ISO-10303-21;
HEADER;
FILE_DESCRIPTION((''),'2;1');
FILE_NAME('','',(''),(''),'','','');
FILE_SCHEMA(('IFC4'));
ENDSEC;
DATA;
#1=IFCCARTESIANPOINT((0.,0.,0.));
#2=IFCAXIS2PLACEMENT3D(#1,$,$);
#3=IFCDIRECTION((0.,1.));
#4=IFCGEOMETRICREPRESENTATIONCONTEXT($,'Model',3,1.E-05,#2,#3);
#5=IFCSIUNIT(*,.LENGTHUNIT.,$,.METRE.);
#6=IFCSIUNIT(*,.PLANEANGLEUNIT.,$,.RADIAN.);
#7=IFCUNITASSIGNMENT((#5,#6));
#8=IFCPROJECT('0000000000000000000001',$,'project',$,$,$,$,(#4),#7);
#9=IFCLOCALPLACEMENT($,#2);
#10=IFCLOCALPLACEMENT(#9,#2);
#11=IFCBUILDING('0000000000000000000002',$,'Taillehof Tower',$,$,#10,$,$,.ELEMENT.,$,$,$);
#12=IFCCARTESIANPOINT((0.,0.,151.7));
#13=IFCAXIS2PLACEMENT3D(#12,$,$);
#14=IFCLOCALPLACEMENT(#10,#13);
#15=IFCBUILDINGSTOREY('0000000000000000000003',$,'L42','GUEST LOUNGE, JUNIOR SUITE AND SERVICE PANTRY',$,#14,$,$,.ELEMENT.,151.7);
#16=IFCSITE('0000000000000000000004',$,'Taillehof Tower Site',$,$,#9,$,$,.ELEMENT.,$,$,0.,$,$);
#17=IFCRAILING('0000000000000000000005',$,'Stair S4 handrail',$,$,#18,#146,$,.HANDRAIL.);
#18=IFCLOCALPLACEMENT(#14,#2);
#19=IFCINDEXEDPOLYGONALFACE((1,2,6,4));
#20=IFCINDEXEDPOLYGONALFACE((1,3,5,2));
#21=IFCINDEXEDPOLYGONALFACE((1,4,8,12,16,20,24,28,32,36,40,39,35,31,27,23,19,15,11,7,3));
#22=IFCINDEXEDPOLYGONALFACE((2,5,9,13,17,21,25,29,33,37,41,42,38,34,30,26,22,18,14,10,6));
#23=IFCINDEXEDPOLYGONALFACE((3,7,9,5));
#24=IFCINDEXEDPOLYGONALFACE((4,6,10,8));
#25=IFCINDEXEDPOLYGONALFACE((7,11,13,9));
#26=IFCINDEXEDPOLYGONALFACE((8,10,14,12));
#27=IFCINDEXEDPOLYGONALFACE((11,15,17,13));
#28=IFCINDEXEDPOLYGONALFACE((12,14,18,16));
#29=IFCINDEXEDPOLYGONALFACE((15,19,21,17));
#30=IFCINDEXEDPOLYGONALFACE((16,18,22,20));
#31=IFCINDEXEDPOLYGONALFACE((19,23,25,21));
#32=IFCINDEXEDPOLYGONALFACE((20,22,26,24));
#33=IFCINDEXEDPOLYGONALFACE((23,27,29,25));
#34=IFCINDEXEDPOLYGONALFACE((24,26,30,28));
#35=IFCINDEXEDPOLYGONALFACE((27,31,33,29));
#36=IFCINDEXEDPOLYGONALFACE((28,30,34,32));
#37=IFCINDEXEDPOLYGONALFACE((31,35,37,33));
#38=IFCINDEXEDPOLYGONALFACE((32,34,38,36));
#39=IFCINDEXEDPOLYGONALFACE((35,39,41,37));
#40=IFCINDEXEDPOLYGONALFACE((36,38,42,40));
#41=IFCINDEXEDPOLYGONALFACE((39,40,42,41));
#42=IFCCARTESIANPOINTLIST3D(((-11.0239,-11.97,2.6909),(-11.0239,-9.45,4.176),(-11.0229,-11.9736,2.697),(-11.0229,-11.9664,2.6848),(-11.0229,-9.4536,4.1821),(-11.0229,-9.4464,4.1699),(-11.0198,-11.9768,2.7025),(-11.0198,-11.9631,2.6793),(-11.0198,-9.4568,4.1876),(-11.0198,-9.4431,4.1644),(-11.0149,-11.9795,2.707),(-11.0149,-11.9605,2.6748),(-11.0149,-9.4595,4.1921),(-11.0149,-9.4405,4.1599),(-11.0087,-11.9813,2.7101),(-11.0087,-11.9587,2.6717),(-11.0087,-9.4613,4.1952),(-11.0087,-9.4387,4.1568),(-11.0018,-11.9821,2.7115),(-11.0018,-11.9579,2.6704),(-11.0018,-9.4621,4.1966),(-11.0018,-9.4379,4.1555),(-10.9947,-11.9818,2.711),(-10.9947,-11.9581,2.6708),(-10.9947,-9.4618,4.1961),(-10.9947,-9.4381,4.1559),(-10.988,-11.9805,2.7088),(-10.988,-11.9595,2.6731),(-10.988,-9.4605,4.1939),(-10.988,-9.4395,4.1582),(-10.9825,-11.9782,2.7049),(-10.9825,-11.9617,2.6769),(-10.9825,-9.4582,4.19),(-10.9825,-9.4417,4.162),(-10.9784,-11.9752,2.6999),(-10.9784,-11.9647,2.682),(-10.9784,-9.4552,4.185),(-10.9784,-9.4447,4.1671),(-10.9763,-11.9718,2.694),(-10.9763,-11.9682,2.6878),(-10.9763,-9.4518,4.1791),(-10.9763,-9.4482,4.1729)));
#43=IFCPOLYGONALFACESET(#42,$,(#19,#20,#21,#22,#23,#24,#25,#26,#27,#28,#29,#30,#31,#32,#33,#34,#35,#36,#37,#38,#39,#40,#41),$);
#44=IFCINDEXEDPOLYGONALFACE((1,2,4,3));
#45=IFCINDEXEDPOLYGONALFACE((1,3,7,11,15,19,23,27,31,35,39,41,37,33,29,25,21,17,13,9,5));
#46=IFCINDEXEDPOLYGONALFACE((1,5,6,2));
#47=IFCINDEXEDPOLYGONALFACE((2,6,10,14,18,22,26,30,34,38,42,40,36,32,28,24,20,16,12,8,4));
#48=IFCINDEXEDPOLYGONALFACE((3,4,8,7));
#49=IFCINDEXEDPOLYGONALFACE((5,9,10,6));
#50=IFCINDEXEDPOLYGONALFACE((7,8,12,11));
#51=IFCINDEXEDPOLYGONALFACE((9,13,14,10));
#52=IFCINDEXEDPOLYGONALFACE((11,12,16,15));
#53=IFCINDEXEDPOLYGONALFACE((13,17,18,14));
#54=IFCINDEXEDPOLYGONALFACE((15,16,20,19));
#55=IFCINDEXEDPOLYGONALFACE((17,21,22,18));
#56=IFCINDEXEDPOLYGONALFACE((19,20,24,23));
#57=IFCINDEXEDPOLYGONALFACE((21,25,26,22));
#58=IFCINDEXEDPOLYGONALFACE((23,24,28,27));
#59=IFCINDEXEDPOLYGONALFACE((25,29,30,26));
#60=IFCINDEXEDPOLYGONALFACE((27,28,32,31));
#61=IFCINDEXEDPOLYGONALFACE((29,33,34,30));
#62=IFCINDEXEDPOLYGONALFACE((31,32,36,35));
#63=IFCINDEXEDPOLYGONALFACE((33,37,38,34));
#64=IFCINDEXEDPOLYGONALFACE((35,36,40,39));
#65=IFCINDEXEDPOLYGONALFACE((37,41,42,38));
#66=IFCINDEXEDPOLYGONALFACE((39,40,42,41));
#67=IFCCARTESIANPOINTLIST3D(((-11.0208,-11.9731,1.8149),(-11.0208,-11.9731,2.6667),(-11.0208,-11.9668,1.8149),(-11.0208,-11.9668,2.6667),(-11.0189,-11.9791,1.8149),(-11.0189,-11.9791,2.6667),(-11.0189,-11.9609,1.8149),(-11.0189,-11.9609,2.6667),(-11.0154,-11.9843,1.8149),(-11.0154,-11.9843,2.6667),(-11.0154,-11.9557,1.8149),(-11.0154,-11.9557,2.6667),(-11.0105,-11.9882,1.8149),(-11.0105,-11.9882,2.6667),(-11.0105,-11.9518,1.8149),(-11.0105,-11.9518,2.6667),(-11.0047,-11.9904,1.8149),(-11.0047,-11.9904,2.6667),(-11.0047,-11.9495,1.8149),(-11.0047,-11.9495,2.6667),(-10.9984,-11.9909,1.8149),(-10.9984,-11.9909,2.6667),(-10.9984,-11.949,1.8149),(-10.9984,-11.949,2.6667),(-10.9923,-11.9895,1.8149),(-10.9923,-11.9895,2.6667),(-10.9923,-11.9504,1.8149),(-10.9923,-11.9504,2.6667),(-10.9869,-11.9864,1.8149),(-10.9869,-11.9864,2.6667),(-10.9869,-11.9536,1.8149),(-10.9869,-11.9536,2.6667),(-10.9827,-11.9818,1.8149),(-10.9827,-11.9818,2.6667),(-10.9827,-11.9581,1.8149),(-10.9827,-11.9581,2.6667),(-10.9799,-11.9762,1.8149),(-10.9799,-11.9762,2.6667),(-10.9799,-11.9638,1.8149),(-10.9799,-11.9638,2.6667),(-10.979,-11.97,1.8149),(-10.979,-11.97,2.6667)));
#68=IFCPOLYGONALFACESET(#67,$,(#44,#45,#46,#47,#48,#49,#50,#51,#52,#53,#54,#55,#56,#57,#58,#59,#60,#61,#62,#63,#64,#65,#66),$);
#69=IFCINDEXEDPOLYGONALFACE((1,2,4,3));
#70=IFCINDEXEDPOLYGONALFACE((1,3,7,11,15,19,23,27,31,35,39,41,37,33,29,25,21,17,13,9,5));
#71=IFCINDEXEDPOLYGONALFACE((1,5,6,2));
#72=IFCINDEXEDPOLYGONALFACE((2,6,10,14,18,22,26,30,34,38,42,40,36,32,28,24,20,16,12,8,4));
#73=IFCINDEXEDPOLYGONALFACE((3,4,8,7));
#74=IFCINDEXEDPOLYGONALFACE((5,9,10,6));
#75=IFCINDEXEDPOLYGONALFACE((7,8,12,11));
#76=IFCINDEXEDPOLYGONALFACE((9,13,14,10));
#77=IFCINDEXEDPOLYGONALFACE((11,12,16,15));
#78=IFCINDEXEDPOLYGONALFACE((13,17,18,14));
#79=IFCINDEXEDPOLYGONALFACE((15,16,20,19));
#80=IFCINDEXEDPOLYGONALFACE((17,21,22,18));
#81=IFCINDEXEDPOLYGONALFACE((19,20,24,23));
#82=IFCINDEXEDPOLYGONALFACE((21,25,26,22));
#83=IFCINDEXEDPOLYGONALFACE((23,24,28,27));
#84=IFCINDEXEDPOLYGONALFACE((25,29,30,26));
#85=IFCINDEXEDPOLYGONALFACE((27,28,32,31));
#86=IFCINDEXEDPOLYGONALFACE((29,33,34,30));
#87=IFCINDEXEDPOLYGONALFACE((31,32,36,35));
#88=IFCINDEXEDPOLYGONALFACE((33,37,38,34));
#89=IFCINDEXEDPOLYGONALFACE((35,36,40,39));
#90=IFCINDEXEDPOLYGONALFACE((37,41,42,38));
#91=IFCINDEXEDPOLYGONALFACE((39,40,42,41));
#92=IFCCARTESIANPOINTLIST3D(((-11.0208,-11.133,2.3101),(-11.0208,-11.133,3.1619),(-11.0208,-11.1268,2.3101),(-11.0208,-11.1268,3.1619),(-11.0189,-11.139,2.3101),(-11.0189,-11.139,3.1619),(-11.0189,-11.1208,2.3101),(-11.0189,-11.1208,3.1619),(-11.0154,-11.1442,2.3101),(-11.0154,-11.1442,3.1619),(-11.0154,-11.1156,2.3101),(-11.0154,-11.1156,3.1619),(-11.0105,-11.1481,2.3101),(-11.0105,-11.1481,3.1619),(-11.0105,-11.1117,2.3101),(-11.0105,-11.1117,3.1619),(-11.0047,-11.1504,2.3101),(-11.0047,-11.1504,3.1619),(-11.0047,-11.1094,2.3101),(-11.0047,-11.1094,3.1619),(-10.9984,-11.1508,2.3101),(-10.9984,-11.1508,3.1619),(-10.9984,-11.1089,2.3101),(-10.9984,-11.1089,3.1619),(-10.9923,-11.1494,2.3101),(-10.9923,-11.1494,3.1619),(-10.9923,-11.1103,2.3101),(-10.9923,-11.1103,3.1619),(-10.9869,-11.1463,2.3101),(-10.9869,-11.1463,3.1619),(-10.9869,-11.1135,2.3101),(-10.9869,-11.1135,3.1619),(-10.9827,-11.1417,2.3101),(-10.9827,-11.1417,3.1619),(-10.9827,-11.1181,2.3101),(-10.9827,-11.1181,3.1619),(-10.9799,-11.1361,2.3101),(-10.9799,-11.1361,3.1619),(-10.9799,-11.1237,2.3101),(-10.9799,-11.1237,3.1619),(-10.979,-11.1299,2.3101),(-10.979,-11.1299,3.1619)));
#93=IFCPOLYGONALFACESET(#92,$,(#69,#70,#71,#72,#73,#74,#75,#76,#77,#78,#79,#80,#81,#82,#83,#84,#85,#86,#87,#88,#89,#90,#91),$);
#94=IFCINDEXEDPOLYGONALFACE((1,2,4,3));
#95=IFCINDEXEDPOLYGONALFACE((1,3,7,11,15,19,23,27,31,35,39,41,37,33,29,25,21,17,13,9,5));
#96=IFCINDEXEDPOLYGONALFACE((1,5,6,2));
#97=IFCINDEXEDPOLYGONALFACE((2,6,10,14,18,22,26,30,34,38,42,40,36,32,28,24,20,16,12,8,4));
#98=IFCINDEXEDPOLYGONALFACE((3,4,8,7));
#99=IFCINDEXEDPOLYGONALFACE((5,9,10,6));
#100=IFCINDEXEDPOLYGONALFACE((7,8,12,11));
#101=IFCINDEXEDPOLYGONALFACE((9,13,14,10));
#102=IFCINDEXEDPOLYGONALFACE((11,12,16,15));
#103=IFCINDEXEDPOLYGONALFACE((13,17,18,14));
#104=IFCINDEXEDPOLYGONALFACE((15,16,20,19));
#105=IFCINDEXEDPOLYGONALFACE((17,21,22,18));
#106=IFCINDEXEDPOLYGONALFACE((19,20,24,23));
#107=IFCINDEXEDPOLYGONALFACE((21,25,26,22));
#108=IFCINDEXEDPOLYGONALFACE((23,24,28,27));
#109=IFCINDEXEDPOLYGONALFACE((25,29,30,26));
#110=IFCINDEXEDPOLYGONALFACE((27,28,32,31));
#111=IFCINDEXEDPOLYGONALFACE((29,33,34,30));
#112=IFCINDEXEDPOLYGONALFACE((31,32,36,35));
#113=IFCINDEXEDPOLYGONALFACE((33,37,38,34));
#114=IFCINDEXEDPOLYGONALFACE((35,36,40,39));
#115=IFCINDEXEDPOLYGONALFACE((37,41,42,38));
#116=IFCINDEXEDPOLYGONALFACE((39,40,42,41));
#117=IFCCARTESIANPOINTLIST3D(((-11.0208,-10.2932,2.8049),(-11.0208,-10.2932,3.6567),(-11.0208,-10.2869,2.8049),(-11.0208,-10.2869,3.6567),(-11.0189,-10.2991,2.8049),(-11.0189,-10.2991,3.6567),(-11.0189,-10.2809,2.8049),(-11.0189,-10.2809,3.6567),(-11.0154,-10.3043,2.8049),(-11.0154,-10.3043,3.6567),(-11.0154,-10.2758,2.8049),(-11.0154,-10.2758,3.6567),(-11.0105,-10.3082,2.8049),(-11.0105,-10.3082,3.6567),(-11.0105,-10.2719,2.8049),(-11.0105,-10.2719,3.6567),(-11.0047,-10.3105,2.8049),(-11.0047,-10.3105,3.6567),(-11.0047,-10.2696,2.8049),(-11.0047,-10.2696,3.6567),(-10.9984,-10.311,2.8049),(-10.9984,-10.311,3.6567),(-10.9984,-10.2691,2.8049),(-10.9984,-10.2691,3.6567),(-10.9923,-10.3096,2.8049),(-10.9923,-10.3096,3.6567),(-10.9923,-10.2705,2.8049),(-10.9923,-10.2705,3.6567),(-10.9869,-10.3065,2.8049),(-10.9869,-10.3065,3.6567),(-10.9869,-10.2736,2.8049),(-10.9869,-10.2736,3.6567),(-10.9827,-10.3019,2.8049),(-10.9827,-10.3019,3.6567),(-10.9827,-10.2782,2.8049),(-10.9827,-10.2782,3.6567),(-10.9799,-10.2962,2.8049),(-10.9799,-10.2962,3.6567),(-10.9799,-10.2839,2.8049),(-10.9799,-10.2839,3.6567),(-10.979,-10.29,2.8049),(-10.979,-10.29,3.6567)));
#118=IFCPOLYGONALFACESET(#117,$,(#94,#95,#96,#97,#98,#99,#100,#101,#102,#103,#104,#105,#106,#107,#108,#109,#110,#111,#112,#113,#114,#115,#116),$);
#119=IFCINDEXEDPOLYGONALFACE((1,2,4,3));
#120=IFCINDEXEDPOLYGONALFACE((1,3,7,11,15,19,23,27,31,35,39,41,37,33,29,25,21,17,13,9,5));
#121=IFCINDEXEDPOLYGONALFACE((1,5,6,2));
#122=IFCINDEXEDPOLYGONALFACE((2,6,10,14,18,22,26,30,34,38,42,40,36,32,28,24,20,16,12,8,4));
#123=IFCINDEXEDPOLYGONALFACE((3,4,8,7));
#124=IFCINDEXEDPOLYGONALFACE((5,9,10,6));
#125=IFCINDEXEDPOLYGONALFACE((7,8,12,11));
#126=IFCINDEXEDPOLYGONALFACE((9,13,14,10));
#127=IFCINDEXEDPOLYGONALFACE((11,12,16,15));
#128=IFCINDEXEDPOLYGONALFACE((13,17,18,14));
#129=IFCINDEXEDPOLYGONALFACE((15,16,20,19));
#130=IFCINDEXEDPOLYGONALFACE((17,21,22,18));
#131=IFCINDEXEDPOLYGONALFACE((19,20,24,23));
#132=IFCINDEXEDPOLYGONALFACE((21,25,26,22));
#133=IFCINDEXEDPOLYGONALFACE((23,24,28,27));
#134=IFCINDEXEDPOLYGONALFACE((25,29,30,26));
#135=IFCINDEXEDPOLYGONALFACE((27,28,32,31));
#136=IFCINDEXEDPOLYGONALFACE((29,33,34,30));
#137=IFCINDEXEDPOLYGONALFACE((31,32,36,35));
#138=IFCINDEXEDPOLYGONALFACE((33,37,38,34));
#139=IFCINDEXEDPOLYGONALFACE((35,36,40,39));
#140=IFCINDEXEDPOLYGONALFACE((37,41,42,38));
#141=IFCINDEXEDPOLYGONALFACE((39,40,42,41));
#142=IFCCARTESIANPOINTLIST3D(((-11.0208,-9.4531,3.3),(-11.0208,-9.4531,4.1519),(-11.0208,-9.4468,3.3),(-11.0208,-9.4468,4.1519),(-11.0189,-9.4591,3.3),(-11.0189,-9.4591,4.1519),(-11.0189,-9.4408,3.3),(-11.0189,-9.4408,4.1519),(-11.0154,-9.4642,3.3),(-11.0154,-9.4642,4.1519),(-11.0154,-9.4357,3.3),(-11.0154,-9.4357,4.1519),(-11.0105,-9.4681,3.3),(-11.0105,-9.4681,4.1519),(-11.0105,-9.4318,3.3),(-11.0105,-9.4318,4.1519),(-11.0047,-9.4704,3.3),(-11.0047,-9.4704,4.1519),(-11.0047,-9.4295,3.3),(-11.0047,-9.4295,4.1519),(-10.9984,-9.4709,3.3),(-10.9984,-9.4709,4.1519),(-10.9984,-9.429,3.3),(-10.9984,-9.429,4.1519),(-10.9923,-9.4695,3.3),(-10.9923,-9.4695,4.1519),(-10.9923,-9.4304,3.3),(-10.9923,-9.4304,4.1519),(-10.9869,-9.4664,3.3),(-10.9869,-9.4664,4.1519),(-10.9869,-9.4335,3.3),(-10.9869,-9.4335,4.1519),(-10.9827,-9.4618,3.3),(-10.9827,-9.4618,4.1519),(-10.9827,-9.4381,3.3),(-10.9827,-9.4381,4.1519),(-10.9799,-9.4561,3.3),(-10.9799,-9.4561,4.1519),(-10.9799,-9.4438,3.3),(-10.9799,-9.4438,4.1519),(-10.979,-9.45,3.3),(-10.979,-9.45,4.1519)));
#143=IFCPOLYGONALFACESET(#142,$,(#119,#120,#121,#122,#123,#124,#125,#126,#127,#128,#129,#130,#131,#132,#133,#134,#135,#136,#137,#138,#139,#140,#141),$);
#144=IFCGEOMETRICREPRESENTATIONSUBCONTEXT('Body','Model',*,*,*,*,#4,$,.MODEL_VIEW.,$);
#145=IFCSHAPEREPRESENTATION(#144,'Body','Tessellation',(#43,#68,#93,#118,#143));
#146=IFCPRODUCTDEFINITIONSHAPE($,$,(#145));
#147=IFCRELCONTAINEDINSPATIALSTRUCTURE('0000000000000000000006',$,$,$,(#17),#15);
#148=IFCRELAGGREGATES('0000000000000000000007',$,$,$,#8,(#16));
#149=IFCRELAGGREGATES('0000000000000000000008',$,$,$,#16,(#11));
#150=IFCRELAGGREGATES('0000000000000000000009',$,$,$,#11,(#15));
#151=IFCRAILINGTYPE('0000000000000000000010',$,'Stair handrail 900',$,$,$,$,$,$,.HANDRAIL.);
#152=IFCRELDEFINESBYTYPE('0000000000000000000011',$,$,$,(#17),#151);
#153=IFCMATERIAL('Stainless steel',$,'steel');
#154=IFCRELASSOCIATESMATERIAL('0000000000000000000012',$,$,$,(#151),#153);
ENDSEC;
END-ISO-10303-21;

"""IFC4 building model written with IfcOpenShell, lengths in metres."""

from ifc_helpers import new_model, si_unit, direction, frame, origin, origin_2d, place, context, subcontext, project, spatial, circle, extrude, material, type_object, element, save


model = new_model("IFC4")

# Units and contexts
model_context = context("Model", 3, precision=1e-05, world=origin(), true_north=direction((0.0, 1.0)))
body_context = subcontext(model_context, "Body", "Model", "MODEL_VIEW")
ifc_project = project(units=[si_unit("LENGTHUNIT", "METRE"), si_unit("PLANEANGLEUNIT", "RADIAN")], contexts=[model_context])

# Site, building, storey
site_placement = place(None, origin())
site = spatial("IfcSite", under=ifc_project, at=site_placement, Name="Taillehof Tower Site", CompositionType="ELEMENT", RefElevation=0.0)
building_placement = place(site_placement, origin())
building = spatial("IfcBuilding", under=site, at=building_placement, Name="Taillehof Tower", CompositionType="ELEMENT")
storey_placement = place(building_placement, frame((0.0, 0.0, 151.7)))
storey = spatial("IfcBuildingStorey", under=building, at=storey_placement, Name="L42", Description="GUEST LOUNGE, JUNIOR SUITE AND SERVICE PANTRY", CompositionType="ELEMENT", Elevation=151.7)

# Railing
ifc_material_1 = material(Name="Stainless steel", Category="steel")
railing_type = type_object("IfcRailingType", Name="Stair handrail 900", PredefinedType="HANDRAIL", material=ifc_material_1)
railing_placement = place(storey_placement, frame((-11.0, -11.97, 1.8149)))
element("IfcRailing", 1, at=railing_placement, inside=storey, type_object=railing_type, Name="Stair S4 handrail", PredefinedType="HANDRAIL", context=body_context, shape_type="SweptSolid", body=[
    extrude(circle(Radius=0.0239, at=origin_2d()), frame((0.0, 0.0, 0.876), z_axis=(0.0, 0.861524, 0.507717), x_axis=(-1.0, 0.0, 0.0)), (0.0, 0.0, 1.0), 2.925),
    extrude(circle(Radius=0.021, at=origin_2d()), origin(), (0.0, 0.0, 1.0), 0.8518),
    extrude(circle(Radius=0.021, at=origin_2d()), frame((0.0, 0.8401, 0.4951)), (0.0, 0.0, 1.0), 0.8518),
    extrude(circle(Radius=0.021, at=origin_2d()), frame((0.0, 1.6799, 0.99)), (0.0, 0.0, 1.0), 0.8518),
    extrude(circle(Radius=0.021, at=origin_2d()), frame((0.0, 2.52, 1.4851)), (0.0, 0.0, 1.0), 0.8518),
])

save(model, "model.ifc")
